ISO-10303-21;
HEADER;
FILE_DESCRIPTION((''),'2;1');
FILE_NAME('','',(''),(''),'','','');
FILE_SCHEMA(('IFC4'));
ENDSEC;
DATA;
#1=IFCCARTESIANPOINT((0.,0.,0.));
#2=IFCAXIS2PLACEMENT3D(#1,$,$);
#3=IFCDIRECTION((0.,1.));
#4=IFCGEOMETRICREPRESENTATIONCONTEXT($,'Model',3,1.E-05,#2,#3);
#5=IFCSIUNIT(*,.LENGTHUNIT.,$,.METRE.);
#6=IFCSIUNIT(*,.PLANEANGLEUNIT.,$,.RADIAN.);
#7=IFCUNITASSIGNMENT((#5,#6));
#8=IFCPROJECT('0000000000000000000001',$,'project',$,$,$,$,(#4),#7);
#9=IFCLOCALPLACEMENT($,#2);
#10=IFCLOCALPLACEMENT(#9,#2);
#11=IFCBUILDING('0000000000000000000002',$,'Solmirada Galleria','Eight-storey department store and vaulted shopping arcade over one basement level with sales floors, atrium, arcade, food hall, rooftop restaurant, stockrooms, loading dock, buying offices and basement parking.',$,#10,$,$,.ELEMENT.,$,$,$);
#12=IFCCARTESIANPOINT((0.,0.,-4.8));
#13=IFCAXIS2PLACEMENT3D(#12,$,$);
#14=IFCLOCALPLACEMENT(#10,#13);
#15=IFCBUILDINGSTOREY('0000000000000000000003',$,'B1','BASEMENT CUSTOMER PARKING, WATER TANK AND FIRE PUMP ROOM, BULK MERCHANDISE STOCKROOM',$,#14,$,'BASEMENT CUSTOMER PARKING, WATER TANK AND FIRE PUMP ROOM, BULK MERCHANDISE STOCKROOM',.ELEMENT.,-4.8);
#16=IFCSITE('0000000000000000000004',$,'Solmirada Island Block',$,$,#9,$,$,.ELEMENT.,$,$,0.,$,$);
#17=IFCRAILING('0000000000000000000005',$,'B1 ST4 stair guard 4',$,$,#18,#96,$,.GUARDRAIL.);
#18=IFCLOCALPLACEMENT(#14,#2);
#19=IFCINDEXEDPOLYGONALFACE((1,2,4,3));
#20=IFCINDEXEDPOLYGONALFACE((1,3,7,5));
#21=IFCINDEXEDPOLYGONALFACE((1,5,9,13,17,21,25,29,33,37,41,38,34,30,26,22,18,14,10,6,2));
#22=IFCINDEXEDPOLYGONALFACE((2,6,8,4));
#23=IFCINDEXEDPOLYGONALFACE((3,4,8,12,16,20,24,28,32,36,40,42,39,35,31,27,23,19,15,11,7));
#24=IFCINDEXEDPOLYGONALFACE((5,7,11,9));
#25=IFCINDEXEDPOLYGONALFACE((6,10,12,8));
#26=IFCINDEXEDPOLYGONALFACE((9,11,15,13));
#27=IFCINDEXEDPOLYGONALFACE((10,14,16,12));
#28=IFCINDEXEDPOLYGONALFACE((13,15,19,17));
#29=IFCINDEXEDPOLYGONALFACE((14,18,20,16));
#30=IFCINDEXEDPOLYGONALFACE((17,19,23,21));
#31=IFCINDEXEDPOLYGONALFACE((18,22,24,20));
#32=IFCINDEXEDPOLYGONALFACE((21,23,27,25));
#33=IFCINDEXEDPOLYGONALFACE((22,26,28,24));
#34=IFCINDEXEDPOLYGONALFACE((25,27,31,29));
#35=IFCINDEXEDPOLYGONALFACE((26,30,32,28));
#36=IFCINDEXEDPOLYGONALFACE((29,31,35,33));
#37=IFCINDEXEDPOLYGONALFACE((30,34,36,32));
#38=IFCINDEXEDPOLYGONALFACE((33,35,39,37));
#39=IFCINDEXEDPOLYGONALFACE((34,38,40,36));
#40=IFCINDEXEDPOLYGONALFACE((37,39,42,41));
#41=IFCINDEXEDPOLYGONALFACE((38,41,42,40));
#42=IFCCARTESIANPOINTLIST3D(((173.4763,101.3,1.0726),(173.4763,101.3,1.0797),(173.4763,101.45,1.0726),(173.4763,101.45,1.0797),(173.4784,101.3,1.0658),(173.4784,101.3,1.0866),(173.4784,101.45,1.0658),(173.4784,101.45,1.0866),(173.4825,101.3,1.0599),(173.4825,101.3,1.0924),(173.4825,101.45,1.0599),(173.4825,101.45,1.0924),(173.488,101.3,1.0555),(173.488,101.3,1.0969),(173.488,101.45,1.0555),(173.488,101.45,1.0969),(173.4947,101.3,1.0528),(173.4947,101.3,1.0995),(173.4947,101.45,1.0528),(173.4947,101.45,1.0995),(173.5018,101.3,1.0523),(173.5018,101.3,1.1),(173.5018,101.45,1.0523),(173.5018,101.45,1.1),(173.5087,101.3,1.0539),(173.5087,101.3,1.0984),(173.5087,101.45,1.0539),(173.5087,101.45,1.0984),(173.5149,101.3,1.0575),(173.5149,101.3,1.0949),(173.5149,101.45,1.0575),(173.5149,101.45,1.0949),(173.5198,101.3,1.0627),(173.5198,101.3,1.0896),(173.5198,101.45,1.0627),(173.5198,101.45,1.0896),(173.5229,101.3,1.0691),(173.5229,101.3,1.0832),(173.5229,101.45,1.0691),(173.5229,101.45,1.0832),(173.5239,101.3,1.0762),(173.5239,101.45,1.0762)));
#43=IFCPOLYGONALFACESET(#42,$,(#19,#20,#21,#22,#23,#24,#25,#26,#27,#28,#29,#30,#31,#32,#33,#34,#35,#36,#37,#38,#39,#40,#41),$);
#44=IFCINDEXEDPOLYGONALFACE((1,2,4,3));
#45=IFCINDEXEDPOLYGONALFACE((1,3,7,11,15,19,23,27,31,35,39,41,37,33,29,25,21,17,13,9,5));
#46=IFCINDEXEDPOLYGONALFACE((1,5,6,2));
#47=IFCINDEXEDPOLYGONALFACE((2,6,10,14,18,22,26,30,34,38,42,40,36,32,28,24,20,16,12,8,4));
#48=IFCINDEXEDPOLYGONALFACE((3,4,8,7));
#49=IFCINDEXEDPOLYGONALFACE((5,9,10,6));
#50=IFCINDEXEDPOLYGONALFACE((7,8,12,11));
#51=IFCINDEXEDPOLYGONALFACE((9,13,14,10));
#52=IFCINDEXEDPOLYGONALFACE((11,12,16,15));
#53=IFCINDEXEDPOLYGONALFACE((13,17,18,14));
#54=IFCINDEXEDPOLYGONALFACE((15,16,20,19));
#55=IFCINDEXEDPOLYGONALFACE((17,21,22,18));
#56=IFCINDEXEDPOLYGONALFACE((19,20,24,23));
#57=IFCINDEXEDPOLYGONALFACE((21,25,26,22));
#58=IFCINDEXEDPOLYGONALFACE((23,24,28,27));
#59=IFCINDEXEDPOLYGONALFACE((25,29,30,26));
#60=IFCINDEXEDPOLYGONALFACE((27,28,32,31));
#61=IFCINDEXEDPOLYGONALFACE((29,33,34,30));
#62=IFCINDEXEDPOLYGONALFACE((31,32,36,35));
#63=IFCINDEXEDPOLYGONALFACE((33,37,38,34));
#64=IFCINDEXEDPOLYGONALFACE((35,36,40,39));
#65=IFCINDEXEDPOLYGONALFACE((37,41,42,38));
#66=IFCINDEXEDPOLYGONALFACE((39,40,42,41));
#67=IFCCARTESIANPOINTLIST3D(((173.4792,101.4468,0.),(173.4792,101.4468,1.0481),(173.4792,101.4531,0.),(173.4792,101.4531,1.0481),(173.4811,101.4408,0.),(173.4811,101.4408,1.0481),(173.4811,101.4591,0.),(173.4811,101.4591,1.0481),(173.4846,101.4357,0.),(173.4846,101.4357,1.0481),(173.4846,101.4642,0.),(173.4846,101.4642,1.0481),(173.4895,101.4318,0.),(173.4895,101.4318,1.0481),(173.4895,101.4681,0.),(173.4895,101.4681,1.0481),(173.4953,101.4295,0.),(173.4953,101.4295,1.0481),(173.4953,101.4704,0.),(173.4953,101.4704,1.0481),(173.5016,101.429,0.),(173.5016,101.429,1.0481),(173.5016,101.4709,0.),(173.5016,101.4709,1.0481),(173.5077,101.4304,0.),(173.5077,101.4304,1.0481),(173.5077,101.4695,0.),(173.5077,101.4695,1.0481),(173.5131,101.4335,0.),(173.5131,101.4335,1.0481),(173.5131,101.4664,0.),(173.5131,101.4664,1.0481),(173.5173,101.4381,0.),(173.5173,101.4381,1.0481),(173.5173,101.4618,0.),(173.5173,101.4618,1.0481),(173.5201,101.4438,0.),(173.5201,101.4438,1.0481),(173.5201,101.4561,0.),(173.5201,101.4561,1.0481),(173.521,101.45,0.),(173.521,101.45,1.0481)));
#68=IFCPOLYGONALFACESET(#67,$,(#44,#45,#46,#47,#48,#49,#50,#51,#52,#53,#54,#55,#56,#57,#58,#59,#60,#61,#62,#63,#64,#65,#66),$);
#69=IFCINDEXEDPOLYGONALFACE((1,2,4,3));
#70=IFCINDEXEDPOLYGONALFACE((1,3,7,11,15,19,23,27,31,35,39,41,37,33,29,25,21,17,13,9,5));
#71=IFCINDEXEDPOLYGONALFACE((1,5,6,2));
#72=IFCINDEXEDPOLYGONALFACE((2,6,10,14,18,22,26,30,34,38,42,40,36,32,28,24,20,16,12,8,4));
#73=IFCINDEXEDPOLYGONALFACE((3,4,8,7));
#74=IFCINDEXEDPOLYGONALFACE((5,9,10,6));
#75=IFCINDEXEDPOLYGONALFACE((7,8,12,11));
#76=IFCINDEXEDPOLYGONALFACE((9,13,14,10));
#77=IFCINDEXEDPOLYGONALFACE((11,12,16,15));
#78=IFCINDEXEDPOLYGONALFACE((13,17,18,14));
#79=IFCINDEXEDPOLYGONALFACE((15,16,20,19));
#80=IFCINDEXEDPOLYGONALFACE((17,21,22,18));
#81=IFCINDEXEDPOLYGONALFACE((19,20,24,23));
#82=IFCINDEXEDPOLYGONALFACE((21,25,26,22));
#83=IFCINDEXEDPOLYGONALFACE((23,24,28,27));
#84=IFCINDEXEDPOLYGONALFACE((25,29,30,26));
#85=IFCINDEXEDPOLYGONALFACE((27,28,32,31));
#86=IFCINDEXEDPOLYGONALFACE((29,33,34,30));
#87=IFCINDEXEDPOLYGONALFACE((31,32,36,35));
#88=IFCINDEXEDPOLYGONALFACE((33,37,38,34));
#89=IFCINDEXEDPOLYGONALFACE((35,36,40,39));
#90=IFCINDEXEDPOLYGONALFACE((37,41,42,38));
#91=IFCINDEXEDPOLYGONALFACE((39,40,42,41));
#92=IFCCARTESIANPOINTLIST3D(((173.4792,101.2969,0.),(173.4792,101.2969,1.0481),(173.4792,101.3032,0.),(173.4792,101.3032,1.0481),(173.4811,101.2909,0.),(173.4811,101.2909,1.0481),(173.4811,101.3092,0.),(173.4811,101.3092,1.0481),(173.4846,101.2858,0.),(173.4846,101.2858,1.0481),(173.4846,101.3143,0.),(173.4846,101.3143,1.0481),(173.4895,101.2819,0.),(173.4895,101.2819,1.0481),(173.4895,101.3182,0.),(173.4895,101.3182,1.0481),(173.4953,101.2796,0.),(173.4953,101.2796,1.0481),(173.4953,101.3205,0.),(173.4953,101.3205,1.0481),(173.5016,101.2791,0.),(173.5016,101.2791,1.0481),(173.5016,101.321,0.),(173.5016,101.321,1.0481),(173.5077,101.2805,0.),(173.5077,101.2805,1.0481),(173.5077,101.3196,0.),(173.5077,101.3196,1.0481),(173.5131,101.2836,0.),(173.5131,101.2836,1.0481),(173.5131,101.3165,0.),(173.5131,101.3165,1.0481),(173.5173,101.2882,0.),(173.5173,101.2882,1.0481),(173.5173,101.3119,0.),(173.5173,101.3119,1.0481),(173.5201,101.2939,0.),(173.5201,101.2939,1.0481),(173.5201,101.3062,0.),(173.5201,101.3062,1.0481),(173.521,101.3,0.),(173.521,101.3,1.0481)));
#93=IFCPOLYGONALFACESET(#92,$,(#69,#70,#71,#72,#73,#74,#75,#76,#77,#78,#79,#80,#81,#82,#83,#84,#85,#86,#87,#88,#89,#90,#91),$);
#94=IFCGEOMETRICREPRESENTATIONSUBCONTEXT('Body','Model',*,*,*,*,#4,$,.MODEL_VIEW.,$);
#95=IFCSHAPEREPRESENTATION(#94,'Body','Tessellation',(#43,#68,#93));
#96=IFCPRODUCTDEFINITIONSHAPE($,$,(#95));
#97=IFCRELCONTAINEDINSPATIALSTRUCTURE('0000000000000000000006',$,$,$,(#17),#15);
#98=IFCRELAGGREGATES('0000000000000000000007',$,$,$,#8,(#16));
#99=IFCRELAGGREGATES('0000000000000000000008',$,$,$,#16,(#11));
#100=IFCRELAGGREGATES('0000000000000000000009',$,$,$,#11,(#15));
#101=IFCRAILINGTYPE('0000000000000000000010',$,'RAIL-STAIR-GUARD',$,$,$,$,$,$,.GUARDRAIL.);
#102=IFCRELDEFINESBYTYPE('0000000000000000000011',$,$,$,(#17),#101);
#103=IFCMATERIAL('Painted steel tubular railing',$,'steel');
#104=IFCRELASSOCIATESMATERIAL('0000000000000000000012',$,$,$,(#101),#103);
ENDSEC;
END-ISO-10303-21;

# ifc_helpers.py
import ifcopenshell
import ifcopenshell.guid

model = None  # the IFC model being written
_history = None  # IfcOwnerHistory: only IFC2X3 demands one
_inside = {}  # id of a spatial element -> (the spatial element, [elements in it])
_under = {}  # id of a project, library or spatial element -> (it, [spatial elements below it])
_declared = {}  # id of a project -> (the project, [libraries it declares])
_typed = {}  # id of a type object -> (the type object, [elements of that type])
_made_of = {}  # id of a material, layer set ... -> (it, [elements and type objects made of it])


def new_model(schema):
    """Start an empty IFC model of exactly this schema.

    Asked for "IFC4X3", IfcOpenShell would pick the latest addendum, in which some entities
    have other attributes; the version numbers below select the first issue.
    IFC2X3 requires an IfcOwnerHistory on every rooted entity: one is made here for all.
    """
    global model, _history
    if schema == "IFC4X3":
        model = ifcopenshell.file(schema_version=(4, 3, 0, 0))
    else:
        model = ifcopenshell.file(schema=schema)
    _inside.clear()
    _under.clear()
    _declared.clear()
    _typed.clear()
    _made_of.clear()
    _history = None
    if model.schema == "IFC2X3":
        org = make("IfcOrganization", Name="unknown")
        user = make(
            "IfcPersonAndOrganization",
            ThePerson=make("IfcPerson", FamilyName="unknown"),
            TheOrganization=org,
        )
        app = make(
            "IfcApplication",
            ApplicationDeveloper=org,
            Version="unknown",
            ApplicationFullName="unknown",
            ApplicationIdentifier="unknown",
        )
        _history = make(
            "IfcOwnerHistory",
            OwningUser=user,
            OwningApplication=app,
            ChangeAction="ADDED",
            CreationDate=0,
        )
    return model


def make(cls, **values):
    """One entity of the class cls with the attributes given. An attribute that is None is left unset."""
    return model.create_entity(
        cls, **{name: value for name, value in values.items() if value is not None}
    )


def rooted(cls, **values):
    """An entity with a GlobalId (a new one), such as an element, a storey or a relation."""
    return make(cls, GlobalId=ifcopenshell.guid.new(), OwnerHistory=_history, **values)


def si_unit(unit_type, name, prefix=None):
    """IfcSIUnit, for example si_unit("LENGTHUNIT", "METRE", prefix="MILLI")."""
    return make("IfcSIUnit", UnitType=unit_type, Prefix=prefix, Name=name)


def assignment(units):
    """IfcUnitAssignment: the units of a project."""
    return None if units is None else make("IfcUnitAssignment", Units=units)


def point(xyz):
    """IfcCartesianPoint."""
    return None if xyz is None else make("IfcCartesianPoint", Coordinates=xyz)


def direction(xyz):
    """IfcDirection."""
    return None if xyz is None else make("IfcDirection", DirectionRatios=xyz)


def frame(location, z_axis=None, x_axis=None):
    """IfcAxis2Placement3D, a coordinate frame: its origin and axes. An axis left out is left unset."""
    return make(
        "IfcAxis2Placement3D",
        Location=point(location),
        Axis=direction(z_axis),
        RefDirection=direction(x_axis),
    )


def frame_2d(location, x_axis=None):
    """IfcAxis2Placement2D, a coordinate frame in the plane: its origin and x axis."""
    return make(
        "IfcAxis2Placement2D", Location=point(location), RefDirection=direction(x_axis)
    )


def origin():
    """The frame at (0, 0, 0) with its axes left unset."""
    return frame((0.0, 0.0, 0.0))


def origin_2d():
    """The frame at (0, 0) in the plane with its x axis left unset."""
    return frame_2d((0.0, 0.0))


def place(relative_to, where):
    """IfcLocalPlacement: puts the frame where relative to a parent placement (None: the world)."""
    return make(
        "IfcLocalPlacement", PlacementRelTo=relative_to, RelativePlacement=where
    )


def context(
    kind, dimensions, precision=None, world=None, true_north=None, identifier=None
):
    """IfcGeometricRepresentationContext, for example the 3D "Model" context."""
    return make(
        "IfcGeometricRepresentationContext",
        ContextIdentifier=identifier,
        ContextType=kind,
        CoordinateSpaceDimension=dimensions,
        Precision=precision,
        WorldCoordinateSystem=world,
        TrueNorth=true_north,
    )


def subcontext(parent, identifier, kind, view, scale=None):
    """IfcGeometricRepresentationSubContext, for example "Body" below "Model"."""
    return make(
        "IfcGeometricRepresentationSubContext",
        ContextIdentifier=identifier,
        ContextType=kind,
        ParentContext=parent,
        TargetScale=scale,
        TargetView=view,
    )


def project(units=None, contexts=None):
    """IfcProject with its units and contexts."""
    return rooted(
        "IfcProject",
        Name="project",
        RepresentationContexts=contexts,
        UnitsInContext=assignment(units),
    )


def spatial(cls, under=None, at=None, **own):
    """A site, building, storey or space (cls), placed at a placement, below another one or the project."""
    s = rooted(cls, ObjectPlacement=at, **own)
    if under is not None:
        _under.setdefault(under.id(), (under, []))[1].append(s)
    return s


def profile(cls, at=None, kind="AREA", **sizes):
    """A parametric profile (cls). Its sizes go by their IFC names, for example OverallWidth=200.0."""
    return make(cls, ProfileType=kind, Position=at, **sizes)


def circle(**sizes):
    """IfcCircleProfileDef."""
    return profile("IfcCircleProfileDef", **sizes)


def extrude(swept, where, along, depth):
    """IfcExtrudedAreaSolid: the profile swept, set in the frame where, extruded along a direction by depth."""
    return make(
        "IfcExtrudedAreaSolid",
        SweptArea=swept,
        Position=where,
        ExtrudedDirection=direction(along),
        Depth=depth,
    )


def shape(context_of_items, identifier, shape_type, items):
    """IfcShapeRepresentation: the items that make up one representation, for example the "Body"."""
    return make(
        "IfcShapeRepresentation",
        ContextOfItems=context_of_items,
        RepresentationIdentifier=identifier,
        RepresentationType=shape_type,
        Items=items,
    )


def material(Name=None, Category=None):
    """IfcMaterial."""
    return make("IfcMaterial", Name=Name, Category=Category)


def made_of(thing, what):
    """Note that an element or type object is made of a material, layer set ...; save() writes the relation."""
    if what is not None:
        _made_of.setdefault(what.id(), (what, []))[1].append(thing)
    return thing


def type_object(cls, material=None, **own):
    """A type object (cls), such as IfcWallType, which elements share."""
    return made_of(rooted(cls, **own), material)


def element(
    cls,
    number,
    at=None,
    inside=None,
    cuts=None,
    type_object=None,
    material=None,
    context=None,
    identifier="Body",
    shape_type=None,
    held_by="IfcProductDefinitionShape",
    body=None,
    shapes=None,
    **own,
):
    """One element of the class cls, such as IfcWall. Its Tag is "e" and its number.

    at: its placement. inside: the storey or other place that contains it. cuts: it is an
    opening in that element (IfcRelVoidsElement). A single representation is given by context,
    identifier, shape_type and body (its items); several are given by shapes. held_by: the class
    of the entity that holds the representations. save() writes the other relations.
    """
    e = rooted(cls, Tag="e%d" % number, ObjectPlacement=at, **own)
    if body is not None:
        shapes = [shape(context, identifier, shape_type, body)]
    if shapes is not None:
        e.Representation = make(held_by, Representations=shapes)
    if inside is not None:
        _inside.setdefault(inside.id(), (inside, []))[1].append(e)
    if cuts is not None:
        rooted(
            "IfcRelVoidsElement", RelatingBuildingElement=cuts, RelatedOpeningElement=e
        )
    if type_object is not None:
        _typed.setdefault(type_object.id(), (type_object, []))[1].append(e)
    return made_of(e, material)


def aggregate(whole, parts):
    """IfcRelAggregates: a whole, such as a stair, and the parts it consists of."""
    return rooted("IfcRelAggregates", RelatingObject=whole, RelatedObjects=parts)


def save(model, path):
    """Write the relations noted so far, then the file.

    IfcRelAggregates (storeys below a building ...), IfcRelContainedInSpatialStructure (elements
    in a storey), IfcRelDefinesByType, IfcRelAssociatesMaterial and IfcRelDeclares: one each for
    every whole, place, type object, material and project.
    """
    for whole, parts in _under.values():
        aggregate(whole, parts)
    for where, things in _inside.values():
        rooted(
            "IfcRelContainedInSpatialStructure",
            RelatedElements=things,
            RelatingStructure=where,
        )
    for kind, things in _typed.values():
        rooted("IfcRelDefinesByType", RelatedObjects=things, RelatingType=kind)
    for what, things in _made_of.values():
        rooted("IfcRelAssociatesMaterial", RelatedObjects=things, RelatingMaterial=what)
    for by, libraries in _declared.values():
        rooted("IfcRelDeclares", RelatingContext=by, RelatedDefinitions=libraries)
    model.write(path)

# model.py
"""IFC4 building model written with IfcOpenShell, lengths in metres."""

from ifc_helpers import new_model, si_unit, direction, frame, origin, origin_2d, place, context, subcontext, project, spatial, circle, extrude, material, type_object, element, save


model = new_model("IFC4")

# Units and contexts
model_context = context("Model", 3, precision=1e-05, world=origin(), true_north=direction((0.0, 1.0)))
body_context = subcontext(model_context, "Body", "Model", "MODEL_VIEW")
ifc_project = project(units=[si_unit("LENGTHUNIT", "METRE"), si_unit("PLANEANGLEUNIT", "RADIAN")], contexts=[model_context])

# Site, building, storey
site_placement = place(None, origin())
site = spatial("IfcSite", under=ifc_project, at=site_placement, Name="Solmirada Island Block", CompositionType="ELEMENT", RefElevation=0.0)
building_placement = place(site_placement, origin())
building = spatial("IfcBuilding", under=site, at=building_placement, Name="Solmirada Galleria", Description="Eight-storey department store and vaulted shopping arcade over one basement level with sales floors, atrium, arcade, food hall, rooftop restaurant, stockrooms, loading dock, buying offices and basement parking.", CompositionType="ELEMENT")
storey_placement = place(building_placement, frame((0.0, 0.0, -4.8)))
storey = spatial("IfcBuildingStorey", under=building, at=storey_placement, Name="B1", Description="BASEMENT CUSTOMER PARKING, WATER TANK AND FIRE PUMP ROOM, BULK MERCHANDISE STOCKROOM", LongName="BASEMENT CUSTOMER PARKING, WATER TANK AND FIRE PUMP ROOM, BULK MERCHANDISE STOCKROOM", CompositionType="ELEMENT", Elevation=-4.8)

# Railing
ifc_material_1 = material(Name="Painted steel tubular railing", Category="steel")
railing_type_1 = type_object("IfcRailingType", Name="RAIL-STAIR-GUARD", PredefinedType="GUARDRAIL", material=ifc_material_1)
railing_1_placement = place(storey_placement, frame((173.5, 101.45, 0.0)))
element("IfcRailing", 1, at=railing_1_placement, inside=storey, type_object=railing_type_1, Name="B1 ST4 stair guard 4", PredefinedType="GUARDRAIL", context=body_context, shape_type="SweptSolid", body=[
    extrude(circle(Radius=0.0239, at=origin_2d()), frame((0.0, 0.0, 1.0762), z_axis=(0.0, -1.0, 0.0), x_axis=(1.0, 0.0, 0.0)), (0.0, 0.0, 1.0), 0.1499),
    extrude(circle(Radius=0.021, at=origin_2d()), origin(), (0.0, 0.0, 1.0), 1.0481),
    extrude(circle(Radius=0.021, at=origin_2d()), frame((0.0, -0.1499, 0.0)), (0.0, 0.0, 1.0), 1.0481),
])

save(model, "model.ifc")
